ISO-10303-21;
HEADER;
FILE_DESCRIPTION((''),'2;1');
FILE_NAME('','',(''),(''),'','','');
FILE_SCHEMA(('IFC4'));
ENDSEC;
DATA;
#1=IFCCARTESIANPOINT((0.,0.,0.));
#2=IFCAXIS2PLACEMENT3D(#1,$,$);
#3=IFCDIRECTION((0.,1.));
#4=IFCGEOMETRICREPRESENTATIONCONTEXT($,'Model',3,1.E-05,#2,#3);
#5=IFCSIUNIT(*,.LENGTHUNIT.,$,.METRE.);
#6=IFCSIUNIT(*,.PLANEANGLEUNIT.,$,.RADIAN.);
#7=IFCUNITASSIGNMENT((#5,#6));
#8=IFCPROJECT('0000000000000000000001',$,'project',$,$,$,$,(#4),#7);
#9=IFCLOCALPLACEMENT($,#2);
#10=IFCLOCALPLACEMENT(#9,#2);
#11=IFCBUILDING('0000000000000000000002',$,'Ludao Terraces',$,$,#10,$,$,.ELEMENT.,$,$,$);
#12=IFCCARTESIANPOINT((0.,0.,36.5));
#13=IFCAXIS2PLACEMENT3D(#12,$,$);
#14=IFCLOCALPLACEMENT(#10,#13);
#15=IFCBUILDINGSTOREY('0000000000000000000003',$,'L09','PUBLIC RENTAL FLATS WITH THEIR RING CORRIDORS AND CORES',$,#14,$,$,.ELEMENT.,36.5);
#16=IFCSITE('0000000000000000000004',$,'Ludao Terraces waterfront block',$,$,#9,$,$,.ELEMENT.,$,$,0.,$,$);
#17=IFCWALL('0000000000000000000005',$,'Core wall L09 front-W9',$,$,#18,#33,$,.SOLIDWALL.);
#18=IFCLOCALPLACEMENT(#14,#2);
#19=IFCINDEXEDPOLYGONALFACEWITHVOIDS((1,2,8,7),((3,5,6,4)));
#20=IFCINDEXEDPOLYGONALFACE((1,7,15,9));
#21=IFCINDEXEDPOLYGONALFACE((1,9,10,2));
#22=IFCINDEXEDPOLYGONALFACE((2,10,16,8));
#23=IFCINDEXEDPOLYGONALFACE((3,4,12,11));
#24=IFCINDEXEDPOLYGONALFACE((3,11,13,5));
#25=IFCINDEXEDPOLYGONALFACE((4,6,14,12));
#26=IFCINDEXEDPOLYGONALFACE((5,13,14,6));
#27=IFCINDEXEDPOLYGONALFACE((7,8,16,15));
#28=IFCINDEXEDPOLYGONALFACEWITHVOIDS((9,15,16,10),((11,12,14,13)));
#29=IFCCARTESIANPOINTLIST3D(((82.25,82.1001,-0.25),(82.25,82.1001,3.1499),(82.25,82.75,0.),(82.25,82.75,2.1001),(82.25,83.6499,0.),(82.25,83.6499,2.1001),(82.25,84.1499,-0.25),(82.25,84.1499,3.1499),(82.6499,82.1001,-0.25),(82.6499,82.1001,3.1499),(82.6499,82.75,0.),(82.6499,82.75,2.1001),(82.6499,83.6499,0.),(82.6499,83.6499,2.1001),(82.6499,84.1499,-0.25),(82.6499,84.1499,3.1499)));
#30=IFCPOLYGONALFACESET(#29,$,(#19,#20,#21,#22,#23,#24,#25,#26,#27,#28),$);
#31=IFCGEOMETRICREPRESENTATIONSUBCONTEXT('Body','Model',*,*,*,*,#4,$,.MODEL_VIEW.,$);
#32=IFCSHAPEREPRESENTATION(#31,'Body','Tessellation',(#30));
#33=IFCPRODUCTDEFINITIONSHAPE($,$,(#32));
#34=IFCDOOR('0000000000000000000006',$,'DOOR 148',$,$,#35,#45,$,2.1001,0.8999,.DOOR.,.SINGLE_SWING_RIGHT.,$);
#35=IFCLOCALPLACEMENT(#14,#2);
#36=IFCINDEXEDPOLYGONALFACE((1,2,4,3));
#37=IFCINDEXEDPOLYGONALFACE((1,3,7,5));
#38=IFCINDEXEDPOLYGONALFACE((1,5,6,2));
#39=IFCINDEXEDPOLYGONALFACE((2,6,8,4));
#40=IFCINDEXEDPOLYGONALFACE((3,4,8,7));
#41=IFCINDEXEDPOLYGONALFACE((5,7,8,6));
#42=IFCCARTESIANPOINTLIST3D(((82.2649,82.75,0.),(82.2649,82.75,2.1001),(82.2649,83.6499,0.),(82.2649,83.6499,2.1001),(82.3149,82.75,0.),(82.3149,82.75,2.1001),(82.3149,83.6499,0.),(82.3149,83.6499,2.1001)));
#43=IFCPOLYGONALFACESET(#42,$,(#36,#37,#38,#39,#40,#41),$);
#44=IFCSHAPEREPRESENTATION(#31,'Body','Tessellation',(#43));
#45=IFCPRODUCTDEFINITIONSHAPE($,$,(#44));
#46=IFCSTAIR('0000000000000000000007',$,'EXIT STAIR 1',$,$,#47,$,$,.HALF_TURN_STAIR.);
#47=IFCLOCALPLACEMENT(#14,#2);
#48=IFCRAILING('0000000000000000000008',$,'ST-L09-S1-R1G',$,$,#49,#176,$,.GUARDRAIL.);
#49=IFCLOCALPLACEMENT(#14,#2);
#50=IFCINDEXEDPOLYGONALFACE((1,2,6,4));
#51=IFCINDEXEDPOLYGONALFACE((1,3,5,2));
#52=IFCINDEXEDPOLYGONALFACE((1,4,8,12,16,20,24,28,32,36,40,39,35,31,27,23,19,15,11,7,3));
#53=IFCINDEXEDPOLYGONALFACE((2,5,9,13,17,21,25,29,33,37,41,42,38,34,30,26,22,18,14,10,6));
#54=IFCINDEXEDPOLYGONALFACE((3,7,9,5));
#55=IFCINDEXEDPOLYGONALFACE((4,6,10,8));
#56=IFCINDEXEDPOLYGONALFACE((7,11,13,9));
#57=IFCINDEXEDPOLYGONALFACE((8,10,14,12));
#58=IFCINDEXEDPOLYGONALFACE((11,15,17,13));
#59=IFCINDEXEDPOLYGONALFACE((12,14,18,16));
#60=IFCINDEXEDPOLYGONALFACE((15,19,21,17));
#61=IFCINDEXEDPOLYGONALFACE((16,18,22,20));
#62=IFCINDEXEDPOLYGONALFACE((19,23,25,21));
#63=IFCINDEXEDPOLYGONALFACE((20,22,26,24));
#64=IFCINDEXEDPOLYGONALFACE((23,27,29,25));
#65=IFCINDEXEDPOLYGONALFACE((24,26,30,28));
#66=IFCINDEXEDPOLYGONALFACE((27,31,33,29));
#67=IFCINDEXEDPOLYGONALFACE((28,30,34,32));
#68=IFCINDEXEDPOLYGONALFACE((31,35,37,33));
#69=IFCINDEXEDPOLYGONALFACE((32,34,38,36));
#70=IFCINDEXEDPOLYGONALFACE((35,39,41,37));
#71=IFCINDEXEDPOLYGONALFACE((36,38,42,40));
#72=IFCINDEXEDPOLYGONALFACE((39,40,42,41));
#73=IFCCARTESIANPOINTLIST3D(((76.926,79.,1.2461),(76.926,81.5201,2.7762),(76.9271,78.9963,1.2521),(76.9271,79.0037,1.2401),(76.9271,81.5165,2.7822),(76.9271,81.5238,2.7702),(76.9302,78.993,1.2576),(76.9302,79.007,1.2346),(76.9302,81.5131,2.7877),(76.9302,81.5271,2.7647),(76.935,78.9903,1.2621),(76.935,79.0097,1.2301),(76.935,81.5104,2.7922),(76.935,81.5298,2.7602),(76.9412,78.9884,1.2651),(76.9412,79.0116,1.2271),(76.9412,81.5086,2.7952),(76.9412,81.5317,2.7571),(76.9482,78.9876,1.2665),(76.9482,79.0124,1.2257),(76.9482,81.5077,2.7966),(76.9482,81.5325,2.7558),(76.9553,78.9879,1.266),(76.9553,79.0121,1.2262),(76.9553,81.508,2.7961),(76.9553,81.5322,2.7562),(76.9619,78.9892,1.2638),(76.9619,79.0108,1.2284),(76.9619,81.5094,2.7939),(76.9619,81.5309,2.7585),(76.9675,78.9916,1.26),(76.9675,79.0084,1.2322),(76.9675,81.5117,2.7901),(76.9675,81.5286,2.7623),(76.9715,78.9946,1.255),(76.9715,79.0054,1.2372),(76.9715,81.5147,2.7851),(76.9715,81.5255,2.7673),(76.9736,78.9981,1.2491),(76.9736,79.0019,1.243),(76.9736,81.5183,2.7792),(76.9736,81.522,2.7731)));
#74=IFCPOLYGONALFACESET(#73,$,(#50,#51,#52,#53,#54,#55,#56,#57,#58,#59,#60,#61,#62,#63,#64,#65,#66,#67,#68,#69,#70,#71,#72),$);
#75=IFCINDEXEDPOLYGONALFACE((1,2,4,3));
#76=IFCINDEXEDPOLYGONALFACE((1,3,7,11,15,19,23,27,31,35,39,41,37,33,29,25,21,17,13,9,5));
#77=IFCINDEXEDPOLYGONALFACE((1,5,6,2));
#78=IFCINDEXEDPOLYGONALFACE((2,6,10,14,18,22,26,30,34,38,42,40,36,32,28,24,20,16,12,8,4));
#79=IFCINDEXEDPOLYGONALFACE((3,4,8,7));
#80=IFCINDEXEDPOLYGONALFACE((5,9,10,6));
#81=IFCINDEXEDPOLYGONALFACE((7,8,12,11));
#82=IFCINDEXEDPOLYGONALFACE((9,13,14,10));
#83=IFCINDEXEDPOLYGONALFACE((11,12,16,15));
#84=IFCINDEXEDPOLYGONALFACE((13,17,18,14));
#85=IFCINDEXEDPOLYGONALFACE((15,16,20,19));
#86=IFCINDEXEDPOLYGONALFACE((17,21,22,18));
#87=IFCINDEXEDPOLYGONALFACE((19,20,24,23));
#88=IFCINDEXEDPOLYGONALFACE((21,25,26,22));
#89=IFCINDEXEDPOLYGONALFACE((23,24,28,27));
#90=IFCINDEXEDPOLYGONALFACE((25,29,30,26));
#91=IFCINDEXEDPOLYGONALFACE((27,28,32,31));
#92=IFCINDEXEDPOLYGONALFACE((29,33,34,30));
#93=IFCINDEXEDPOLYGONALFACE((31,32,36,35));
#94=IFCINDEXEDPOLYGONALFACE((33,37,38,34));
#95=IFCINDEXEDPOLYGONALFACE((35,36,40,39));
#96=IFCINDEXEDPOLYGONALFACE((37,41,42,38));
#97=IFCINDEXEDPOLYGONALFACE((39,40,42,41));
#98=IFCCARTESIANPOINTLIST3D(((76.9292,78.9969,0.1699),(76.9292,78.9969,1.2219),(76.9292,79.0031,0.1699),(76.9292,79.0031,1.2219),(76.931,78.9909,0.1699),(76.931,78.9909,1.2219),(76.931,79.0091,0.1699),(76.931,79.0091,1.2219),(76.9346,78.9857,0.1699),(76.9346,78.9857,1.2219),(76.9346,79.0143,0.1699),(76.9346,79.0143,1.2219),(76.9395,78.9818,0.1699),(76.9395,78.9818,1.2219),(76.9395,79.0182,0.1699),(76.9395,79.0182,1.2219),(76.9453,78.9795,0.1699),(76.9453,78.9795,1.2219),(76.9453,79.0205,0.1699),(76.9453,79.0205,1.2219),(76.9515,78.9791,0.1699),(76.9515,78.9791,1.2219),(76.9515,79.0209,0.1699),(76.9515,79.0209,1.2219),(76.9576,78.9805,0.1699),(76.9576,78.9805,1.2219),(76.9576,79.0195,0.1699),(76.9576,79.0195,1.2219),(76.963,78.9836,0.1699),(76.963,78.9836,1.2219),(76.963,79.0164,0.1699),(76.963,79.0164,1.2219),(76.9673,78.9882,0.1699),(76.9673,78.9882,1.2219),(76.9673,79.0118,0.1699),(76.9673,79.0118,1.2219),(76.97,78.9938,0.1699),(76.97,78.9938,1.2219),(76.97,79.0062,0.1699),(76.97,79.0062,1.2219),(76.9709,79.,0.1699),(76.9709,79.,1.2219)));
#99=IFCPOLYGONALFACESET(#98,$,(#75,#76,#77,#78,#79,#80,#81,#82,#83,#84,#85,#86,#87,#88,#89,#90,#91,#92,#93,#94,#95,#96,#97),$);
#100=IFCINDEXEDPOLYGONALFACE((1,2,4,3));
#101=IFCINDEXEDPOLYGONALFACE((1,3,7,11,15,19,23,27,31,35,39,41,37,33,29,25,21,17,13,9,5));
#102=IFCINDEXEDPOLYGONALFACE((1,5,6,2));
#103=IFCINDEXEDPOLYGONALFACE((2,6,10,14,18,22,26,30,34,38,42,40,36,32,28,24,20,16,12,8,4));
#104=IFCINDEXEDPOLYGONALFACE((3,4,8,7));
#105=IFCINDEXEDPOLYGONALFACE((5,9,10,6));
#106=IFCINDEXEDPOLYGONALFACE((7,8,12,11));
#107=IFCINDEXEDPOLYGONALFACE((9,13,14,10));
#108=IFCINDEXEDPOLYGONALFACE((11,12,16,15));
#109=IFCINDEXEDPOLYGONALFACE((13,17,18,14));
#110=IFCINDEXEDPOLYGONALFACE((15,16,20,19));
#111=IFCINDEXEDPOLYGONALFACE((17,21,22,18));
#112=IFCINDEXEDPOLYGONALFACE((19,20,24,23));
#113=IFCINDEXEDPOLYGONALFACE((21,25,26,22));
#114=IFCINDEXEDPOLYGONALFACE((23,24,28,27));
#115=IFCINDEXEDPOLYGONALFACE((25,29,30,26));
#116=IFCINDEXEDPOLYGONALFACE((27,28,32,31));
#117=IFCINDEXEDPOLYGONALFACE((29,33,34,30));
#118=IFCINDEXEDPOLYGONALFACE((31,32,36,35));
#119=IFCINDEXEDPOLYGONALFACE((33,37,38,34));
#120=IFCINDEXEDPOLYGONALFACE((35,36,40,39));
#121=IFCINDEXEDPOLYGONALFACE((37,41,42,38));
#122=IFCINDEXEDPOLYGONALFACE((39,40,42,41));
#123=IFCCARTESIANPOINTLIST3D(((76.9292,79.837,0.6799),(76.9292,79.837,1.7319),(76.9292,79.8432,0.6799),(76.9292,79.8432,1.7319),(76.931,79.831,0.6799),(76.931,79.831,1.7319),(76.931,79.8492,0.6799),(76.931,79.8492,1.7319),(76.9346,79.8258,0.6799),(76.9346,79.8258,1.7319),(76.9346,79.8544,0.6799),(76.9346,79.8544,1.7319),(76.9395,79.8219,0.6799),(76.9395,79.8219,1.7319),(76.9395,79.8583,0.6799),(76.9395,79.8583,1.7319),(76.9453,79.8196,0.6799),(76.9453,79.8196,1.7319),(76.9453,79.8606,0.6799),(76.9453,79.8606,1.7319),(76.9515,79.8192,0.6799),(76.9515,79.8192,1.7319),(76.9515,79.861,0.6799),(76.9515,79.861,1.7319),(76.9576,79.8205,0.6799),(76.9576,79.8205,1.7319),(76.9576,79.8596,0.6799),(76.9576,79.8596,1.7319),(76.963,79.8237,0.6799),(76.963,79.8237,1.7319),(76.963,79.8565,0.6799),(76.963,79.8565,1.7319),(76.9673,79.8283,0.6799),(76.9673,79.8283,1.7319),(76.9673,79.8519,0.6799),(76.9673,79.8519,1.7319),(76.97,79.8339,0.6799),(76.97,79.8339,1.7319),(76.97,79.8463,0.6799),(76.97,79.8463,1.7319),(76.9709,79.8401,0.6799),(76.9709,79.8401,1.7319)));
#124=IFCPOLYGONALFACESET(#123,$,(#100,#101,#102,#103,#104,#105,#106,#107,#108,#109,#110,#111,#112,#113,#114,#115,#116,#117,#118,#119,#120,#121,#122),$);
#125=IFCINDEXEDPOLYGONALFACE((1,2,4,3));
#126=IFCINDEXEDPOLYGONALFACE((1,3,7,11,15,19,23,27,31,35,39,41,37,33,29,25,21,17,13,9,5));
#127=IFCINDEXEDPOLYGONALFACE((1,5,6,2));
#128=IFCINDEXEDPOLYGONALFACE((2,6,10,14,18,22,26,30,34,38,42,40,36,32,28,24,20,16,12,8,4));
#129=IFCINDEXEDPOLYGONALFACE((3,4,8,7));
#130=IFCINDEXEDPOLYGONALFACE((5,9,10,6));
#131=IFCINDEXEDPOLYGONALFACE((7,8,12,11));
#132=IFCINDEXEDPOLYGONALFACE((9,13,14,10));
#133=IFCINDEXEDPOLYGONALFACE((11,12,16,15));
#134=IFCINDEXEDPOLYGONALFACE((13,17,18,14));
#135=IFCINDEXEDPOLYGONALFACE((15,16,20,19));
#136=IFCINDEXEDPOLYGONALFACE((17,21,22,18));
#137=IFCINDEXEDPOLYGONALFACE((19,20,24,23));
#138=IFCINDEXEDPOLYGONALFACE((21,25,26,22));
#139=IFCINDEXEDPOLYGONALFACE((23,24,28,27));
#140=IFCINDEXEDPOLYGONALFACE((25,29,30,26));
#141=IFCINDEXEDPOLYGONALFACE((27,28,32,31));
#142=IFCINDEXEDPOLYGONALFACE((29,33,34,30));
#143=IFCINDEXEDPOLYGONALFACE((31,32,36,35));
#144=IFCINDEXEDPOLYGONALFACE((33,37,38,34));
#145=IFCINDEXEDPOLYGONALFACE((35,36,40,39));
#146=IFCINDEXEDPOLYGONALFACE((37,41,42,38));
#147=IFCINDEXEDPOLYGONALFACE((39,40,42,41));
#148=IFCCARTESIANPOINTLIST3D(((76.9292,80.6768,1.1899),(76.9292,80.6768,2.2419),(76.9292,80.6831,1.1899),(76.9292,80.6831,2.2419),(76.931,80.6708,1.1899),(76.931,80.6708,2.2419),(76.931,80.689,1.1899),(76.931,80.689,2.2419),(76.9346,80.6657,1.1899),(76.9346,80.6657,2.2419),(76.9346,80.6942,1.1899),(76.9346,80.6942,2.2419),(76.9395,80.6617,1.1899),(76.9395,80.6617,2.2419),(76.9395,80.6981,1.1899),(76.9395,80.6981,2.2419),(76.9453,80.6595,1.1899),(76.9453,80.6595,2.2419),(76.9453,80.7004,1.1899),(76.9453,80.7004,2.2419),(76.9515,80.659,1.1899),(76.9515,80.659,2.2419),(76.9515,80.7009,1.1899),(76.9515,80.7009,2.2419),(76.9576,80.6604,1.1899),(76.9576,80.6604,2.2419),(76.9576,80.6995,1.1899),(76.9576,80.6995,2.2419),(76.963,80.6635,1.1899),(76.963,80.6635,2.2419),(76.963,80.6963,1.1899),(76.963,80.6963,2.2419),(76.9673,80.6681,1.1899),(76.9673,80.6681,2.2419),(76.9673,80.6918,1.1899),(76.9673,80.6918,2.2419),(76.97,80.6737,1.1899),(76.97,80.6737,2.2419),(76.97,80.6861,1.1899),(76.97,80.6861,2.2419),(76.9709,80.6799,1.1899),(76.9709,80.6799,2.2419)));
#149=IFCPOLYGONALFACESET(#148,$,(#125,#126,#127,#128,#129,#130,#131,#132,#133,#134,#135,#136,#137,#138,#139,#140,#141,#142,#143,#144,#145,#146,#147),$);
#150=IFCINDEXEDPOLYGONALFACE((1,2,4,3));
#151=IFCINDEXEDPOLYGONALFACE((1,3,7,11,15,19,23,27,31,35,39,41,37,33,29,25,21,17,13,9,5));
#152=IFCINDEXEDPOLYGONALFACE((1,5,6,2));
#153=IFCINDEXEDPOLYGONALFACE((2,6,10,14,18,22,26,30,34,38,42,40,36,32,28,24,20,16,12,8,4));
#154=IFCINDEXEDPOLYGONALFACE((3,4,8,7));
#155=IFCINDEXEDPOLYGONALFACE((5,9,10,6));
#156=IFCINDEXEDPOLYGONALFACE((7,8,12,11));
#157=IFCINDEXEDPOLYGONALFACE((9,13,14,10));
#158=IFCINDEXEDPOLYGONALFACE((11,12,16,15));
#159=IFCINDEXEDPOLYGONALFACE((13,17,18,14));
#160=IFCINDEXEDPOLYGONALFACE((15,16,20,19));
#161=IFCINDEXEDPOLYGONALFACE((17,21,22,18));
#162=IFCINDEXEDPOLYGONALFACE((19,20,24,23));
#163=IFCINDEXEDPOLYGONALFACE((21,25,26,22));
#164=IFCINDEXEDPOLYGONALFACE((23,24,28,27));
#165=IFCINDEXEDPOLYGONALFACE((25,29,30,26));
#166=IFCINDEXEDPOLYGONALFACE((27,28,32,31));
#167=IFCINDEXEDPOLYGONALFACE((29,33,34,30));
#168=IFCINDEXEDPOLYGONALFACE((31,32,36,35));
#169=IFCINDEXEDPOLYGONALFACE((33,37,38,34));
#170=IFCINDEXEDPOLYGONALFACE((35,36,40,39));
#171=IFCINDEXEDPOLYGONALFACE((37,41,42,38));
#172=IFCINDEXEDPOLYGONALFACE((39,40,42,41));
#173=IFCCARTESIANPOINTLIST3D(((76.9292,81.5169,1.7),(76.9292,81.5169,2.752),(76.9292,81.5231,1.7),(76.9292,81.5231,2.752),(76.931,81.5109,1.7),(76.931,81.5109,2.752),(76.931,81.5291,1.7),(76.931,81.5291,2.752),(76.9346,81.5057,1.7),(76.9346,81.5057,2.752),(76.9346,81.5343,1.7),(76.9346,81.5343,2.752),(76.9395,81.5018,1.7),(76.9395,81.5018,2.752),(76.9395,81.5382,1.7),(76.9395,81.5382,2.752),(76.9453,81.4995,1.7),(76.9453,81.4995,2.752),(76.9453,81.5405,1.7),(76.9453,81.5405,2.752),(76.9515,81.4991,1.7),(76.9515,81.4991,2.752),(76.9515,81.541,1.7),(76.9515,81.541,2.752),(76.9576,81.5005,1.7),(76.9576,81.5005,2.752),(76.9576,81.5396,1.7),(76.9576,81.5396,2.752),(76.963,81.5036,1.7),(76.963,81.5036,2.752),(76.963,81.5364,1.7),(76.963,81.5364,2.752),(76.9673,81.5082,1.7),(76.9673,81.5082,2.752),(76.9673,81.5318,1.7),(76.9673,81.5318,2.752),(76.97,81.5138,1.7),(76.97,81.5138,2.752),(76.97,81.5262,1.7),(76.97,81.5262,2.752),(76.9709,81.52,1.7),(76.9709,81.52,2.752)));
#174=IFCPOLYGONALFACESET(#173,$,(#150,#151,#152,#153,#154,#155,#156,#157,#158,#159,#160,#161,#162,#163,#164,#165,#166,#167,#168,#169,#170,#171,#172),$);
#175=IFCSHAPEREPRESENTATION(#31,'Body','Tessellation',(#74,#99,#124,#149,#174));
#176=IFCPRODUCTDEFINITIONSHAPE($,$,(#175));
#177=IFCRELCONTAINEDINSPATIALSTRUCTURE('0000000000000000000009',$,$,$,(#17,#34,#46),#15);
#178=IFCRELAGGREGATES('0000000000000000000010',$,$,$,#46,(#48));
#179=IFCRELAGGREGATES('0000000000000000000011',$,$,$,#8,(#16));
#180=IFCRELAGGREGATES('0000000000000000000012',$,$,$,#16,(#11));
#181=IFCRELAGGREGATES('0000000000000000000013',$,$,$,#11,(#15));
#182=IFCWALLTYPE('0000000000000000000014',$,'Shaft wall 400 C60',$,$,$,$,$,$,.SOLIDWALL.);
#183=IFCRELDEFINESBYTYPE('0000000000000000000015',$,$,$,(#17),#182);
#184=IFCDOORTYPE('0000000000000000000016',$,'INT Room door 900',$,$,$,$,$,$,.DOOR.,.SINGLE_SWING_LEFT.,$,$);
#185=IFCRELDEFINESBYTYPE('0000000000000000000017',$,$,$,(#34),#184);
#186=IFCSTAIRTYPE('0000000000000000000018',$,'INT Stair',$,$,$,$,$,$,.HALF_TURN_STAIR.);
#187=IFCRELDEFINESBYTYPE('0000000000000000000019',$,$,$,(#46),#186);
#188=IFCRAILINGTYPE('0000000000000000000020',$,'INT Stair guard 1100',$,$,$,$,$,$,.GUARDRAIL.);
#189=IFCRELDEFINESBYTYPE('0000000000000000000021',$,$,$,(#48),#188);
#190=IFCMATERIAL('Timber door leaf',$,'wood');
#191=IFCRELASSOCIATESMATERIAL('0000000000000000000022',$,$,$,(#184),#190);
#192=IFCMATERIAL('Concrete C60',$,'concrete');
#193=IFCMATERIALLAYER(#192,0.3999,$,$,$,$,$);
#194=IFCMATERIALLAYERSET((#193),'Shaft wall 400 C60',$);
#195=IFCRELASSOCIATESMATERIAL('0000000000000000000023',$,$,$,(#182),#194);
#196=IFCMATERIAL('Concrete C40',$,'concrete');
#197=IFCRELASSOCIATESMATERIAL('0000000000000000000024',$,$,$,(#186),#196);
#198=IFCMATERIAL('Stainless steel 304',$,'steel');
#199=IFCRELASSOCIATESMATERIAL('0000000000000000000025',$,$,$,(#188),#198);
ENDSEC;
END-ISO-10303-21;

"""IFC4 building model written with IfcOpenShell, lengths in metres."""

from ifc_helpers import new_model, si_unit, direction, frame, frame_2d, origin, origin_2d, place, context, subcontext, project, spatial, rectangle, circle, extrude, material, layer, layer_set, type_object, element, fill, aggregate, save


model = new_model("IFC4")

# Units and contexts
model_context = context("Model", 3, precision=1e-05, world=origin(), true_north=direction((0.0, 1.0)))
body_context = subcontext(model_context, "Body", "Model", "MODEL_VIEW")
ifc_project = project(units=[si_unit("LENGTHUNIT", "METRE"), si_unit("PLANEANGLEUNIT", "RADIAN")], contexts=[model_context])

# Site, building, storey
site_placement = place(None, origin())
site = spatial("IfcSite", under=ifc_project, at=site_placement, Name="Ludao Terraces waterfront block", CompositionType="ELEMENT", RefElevation=0.0)
building_placement = place(site_placement, origin())
building = spatial("IfcBuilding", under=site, at=building_placement, Name="Ludao Terraces", CompositionType="ELEMENT")
storey_placement = place(building_placement, frame((0.0, 0.0, 36.5)))
storey = spatial("IfcBuildingStorey", under=building, at=storey_placement, Name="L09", Description="PUBLIC RENTAL FLATS WITH THEIR RING CORRIDORS AND CORES", CompositionType="ELEMENT", Elevation=36.5)

# Shared definitions
ifc_material_1 = material(Name="Timber door leaf", Category="wood")
door_type_1 = type_object("IfcDoorType", Name="INT Room door 900", OperationType="SINGLE_SWING_LEFT", PredefinedType="DOOR", material=ifc_material_1)

# Shared definitions
ifc_material_2 = material(Name="Concrete C60", Category="concrete")
ifc_layer_1 = layer(ifc_material_2, 0.3999)
ifc_layer_set_1 = layer_set([ifc_layer_1], Name="Shaft wall 400 C60")
wall_type_1 = type_object("IfcWallType", Name="Shaft wall 400 C60", PredefinedType="SOLIDWALL", material=ifc_layer_set_1)

# Shared definitions
ifc_material_3 = material(Name="Stainless steel 304", Category="steel")

# Wall, opening, door
wall_1_placement = place(storey_placement, frame((82.45, 82.1001, -0.25), z_axis=(0.0, 0.0, 1.0), x_axis=(0.0, 1.0, 0.0)))
wall_1 = element("IfcWall", 1, at=wall_1_placement, inside=storey, type_object=wall_type_1, Name="Core wall L09 front-W9", PredefinedType="SOLIDWALL", context=body_context, shape_type="SweptSolid", body=[
    extrude(rectangle(XDim=2.0498, YDim=0.3999, at=frame_2d((1.0249, 0.0))), origin(), (0.0, 0.0, 1.0), 3.3999),
])
opening_1_placement = place(wall_1_placement, frame((0.6499, 0.0, 0.25)))
opening_1 = element("IfcOpeningElement", 2, at=opening_1_placement, cuts=wall_1, PredefinedType="OPENING", context=body_context, shape_type="SweptSolid", body=[
    extrude(rectangle(XDim=0.8999, YDim=2.1001, at=frame_2d((0.45, 1.05))), frame((0.0, 0.21, 0.0), z_axis=(0.0, -1.0, 0.0), x_axis=(1.0, 0.0, 0.0)), (0.0, 0.0, 1.0), 0.4199),
])
door_1_placement = place(opening_1_placement, origin())
door_1 = element("IfcDoor", 3, at=door_1_placement, inside=storey, type_object=door_type_1, Name="DOOR 148", OperationType="SINGLE_SWING_RIGHT", OverallHeight=2.1001, OverallWidth=0.8999, PredefinedType="DOOR", context=body_context, shape_type="SweptSolid", body=[
    extrude(rectangle(XDim=0.8999, YDim=2.1001, at=frame_2d((0.45, 1.05))), frame((0.0, 0.1851, 0.0), z_axis=(0.0, -1.0, 0.0), x_axis=(1.0, 0.0, 0.0)), (0.0, 0.0, 1.0), 0.05),
])
fill(opening_1, door_1)

# Stair, railing
ifc_material_4 = material(Name="Concrete C40", Category="concrete")
stair_type = type_object("IfcStairType", Name="INT Stair", PredefinedType="HALF_TURN_STAIR", material=ifc_material_4)
stair_placement = place(storey_placement, origin())
stair = element("IfcStair", 4, at=stair_placement, inside=storey, type_object=stair_type, Name="EXIT STAIR 1", PredefinedType="HALF_TURN_STAIR")
railing_type_1 = type_object("IfcRailingType", Name="INT Stair guard 1100", PredefinedType="GUARDRAIL", material=ifc_material_3)
railing_1_placement = place(storey_placement, frame((76.95, 79.0, 0.1699)))
railing_1 = element("IfcRailing", 5, at=railing_1_placement, type_object=railing_type_1, Name="ST-L09-S1-R1G", PredefinedType="GUARDRAIL", context=body_context, shape_type="SweptSolid", body=[
    extrude(circle(Radius=0.0239, at=origin_2d()), frame((0.0, 0.0, 1.0762), z_axis=(0.0, 0.854785, 0.518982), x_axis=(-1.0, 0.0, 0.0)), (0.0, 0.0, 1.0), 2.9482),
    extrude(circle(Radius=0.021, at=origin_2d()), origin(), (0.0, 0.0, 1.0), 1.052),
    extrude(circle(Radius=0.021, at=origin_2d()), frame((0.0, 0.8401, 0.51)), (0.0, 0.0, 1.0), 1.052),
    extrude(circle(Radius=0.021, at=origin_2d()), frame((0.0, 1.6799, 1.02)), (0.0, 0.0, 1.0), 1.052),
    extrude(circle(Radius=0.021, at=origin_2d()), frame((0.0, 2.52, 1.53)), (0.0, 0.0, 1.0), 1.052),
])
aggregate(stair, [railing_1])

save(model, "model.ifc")
